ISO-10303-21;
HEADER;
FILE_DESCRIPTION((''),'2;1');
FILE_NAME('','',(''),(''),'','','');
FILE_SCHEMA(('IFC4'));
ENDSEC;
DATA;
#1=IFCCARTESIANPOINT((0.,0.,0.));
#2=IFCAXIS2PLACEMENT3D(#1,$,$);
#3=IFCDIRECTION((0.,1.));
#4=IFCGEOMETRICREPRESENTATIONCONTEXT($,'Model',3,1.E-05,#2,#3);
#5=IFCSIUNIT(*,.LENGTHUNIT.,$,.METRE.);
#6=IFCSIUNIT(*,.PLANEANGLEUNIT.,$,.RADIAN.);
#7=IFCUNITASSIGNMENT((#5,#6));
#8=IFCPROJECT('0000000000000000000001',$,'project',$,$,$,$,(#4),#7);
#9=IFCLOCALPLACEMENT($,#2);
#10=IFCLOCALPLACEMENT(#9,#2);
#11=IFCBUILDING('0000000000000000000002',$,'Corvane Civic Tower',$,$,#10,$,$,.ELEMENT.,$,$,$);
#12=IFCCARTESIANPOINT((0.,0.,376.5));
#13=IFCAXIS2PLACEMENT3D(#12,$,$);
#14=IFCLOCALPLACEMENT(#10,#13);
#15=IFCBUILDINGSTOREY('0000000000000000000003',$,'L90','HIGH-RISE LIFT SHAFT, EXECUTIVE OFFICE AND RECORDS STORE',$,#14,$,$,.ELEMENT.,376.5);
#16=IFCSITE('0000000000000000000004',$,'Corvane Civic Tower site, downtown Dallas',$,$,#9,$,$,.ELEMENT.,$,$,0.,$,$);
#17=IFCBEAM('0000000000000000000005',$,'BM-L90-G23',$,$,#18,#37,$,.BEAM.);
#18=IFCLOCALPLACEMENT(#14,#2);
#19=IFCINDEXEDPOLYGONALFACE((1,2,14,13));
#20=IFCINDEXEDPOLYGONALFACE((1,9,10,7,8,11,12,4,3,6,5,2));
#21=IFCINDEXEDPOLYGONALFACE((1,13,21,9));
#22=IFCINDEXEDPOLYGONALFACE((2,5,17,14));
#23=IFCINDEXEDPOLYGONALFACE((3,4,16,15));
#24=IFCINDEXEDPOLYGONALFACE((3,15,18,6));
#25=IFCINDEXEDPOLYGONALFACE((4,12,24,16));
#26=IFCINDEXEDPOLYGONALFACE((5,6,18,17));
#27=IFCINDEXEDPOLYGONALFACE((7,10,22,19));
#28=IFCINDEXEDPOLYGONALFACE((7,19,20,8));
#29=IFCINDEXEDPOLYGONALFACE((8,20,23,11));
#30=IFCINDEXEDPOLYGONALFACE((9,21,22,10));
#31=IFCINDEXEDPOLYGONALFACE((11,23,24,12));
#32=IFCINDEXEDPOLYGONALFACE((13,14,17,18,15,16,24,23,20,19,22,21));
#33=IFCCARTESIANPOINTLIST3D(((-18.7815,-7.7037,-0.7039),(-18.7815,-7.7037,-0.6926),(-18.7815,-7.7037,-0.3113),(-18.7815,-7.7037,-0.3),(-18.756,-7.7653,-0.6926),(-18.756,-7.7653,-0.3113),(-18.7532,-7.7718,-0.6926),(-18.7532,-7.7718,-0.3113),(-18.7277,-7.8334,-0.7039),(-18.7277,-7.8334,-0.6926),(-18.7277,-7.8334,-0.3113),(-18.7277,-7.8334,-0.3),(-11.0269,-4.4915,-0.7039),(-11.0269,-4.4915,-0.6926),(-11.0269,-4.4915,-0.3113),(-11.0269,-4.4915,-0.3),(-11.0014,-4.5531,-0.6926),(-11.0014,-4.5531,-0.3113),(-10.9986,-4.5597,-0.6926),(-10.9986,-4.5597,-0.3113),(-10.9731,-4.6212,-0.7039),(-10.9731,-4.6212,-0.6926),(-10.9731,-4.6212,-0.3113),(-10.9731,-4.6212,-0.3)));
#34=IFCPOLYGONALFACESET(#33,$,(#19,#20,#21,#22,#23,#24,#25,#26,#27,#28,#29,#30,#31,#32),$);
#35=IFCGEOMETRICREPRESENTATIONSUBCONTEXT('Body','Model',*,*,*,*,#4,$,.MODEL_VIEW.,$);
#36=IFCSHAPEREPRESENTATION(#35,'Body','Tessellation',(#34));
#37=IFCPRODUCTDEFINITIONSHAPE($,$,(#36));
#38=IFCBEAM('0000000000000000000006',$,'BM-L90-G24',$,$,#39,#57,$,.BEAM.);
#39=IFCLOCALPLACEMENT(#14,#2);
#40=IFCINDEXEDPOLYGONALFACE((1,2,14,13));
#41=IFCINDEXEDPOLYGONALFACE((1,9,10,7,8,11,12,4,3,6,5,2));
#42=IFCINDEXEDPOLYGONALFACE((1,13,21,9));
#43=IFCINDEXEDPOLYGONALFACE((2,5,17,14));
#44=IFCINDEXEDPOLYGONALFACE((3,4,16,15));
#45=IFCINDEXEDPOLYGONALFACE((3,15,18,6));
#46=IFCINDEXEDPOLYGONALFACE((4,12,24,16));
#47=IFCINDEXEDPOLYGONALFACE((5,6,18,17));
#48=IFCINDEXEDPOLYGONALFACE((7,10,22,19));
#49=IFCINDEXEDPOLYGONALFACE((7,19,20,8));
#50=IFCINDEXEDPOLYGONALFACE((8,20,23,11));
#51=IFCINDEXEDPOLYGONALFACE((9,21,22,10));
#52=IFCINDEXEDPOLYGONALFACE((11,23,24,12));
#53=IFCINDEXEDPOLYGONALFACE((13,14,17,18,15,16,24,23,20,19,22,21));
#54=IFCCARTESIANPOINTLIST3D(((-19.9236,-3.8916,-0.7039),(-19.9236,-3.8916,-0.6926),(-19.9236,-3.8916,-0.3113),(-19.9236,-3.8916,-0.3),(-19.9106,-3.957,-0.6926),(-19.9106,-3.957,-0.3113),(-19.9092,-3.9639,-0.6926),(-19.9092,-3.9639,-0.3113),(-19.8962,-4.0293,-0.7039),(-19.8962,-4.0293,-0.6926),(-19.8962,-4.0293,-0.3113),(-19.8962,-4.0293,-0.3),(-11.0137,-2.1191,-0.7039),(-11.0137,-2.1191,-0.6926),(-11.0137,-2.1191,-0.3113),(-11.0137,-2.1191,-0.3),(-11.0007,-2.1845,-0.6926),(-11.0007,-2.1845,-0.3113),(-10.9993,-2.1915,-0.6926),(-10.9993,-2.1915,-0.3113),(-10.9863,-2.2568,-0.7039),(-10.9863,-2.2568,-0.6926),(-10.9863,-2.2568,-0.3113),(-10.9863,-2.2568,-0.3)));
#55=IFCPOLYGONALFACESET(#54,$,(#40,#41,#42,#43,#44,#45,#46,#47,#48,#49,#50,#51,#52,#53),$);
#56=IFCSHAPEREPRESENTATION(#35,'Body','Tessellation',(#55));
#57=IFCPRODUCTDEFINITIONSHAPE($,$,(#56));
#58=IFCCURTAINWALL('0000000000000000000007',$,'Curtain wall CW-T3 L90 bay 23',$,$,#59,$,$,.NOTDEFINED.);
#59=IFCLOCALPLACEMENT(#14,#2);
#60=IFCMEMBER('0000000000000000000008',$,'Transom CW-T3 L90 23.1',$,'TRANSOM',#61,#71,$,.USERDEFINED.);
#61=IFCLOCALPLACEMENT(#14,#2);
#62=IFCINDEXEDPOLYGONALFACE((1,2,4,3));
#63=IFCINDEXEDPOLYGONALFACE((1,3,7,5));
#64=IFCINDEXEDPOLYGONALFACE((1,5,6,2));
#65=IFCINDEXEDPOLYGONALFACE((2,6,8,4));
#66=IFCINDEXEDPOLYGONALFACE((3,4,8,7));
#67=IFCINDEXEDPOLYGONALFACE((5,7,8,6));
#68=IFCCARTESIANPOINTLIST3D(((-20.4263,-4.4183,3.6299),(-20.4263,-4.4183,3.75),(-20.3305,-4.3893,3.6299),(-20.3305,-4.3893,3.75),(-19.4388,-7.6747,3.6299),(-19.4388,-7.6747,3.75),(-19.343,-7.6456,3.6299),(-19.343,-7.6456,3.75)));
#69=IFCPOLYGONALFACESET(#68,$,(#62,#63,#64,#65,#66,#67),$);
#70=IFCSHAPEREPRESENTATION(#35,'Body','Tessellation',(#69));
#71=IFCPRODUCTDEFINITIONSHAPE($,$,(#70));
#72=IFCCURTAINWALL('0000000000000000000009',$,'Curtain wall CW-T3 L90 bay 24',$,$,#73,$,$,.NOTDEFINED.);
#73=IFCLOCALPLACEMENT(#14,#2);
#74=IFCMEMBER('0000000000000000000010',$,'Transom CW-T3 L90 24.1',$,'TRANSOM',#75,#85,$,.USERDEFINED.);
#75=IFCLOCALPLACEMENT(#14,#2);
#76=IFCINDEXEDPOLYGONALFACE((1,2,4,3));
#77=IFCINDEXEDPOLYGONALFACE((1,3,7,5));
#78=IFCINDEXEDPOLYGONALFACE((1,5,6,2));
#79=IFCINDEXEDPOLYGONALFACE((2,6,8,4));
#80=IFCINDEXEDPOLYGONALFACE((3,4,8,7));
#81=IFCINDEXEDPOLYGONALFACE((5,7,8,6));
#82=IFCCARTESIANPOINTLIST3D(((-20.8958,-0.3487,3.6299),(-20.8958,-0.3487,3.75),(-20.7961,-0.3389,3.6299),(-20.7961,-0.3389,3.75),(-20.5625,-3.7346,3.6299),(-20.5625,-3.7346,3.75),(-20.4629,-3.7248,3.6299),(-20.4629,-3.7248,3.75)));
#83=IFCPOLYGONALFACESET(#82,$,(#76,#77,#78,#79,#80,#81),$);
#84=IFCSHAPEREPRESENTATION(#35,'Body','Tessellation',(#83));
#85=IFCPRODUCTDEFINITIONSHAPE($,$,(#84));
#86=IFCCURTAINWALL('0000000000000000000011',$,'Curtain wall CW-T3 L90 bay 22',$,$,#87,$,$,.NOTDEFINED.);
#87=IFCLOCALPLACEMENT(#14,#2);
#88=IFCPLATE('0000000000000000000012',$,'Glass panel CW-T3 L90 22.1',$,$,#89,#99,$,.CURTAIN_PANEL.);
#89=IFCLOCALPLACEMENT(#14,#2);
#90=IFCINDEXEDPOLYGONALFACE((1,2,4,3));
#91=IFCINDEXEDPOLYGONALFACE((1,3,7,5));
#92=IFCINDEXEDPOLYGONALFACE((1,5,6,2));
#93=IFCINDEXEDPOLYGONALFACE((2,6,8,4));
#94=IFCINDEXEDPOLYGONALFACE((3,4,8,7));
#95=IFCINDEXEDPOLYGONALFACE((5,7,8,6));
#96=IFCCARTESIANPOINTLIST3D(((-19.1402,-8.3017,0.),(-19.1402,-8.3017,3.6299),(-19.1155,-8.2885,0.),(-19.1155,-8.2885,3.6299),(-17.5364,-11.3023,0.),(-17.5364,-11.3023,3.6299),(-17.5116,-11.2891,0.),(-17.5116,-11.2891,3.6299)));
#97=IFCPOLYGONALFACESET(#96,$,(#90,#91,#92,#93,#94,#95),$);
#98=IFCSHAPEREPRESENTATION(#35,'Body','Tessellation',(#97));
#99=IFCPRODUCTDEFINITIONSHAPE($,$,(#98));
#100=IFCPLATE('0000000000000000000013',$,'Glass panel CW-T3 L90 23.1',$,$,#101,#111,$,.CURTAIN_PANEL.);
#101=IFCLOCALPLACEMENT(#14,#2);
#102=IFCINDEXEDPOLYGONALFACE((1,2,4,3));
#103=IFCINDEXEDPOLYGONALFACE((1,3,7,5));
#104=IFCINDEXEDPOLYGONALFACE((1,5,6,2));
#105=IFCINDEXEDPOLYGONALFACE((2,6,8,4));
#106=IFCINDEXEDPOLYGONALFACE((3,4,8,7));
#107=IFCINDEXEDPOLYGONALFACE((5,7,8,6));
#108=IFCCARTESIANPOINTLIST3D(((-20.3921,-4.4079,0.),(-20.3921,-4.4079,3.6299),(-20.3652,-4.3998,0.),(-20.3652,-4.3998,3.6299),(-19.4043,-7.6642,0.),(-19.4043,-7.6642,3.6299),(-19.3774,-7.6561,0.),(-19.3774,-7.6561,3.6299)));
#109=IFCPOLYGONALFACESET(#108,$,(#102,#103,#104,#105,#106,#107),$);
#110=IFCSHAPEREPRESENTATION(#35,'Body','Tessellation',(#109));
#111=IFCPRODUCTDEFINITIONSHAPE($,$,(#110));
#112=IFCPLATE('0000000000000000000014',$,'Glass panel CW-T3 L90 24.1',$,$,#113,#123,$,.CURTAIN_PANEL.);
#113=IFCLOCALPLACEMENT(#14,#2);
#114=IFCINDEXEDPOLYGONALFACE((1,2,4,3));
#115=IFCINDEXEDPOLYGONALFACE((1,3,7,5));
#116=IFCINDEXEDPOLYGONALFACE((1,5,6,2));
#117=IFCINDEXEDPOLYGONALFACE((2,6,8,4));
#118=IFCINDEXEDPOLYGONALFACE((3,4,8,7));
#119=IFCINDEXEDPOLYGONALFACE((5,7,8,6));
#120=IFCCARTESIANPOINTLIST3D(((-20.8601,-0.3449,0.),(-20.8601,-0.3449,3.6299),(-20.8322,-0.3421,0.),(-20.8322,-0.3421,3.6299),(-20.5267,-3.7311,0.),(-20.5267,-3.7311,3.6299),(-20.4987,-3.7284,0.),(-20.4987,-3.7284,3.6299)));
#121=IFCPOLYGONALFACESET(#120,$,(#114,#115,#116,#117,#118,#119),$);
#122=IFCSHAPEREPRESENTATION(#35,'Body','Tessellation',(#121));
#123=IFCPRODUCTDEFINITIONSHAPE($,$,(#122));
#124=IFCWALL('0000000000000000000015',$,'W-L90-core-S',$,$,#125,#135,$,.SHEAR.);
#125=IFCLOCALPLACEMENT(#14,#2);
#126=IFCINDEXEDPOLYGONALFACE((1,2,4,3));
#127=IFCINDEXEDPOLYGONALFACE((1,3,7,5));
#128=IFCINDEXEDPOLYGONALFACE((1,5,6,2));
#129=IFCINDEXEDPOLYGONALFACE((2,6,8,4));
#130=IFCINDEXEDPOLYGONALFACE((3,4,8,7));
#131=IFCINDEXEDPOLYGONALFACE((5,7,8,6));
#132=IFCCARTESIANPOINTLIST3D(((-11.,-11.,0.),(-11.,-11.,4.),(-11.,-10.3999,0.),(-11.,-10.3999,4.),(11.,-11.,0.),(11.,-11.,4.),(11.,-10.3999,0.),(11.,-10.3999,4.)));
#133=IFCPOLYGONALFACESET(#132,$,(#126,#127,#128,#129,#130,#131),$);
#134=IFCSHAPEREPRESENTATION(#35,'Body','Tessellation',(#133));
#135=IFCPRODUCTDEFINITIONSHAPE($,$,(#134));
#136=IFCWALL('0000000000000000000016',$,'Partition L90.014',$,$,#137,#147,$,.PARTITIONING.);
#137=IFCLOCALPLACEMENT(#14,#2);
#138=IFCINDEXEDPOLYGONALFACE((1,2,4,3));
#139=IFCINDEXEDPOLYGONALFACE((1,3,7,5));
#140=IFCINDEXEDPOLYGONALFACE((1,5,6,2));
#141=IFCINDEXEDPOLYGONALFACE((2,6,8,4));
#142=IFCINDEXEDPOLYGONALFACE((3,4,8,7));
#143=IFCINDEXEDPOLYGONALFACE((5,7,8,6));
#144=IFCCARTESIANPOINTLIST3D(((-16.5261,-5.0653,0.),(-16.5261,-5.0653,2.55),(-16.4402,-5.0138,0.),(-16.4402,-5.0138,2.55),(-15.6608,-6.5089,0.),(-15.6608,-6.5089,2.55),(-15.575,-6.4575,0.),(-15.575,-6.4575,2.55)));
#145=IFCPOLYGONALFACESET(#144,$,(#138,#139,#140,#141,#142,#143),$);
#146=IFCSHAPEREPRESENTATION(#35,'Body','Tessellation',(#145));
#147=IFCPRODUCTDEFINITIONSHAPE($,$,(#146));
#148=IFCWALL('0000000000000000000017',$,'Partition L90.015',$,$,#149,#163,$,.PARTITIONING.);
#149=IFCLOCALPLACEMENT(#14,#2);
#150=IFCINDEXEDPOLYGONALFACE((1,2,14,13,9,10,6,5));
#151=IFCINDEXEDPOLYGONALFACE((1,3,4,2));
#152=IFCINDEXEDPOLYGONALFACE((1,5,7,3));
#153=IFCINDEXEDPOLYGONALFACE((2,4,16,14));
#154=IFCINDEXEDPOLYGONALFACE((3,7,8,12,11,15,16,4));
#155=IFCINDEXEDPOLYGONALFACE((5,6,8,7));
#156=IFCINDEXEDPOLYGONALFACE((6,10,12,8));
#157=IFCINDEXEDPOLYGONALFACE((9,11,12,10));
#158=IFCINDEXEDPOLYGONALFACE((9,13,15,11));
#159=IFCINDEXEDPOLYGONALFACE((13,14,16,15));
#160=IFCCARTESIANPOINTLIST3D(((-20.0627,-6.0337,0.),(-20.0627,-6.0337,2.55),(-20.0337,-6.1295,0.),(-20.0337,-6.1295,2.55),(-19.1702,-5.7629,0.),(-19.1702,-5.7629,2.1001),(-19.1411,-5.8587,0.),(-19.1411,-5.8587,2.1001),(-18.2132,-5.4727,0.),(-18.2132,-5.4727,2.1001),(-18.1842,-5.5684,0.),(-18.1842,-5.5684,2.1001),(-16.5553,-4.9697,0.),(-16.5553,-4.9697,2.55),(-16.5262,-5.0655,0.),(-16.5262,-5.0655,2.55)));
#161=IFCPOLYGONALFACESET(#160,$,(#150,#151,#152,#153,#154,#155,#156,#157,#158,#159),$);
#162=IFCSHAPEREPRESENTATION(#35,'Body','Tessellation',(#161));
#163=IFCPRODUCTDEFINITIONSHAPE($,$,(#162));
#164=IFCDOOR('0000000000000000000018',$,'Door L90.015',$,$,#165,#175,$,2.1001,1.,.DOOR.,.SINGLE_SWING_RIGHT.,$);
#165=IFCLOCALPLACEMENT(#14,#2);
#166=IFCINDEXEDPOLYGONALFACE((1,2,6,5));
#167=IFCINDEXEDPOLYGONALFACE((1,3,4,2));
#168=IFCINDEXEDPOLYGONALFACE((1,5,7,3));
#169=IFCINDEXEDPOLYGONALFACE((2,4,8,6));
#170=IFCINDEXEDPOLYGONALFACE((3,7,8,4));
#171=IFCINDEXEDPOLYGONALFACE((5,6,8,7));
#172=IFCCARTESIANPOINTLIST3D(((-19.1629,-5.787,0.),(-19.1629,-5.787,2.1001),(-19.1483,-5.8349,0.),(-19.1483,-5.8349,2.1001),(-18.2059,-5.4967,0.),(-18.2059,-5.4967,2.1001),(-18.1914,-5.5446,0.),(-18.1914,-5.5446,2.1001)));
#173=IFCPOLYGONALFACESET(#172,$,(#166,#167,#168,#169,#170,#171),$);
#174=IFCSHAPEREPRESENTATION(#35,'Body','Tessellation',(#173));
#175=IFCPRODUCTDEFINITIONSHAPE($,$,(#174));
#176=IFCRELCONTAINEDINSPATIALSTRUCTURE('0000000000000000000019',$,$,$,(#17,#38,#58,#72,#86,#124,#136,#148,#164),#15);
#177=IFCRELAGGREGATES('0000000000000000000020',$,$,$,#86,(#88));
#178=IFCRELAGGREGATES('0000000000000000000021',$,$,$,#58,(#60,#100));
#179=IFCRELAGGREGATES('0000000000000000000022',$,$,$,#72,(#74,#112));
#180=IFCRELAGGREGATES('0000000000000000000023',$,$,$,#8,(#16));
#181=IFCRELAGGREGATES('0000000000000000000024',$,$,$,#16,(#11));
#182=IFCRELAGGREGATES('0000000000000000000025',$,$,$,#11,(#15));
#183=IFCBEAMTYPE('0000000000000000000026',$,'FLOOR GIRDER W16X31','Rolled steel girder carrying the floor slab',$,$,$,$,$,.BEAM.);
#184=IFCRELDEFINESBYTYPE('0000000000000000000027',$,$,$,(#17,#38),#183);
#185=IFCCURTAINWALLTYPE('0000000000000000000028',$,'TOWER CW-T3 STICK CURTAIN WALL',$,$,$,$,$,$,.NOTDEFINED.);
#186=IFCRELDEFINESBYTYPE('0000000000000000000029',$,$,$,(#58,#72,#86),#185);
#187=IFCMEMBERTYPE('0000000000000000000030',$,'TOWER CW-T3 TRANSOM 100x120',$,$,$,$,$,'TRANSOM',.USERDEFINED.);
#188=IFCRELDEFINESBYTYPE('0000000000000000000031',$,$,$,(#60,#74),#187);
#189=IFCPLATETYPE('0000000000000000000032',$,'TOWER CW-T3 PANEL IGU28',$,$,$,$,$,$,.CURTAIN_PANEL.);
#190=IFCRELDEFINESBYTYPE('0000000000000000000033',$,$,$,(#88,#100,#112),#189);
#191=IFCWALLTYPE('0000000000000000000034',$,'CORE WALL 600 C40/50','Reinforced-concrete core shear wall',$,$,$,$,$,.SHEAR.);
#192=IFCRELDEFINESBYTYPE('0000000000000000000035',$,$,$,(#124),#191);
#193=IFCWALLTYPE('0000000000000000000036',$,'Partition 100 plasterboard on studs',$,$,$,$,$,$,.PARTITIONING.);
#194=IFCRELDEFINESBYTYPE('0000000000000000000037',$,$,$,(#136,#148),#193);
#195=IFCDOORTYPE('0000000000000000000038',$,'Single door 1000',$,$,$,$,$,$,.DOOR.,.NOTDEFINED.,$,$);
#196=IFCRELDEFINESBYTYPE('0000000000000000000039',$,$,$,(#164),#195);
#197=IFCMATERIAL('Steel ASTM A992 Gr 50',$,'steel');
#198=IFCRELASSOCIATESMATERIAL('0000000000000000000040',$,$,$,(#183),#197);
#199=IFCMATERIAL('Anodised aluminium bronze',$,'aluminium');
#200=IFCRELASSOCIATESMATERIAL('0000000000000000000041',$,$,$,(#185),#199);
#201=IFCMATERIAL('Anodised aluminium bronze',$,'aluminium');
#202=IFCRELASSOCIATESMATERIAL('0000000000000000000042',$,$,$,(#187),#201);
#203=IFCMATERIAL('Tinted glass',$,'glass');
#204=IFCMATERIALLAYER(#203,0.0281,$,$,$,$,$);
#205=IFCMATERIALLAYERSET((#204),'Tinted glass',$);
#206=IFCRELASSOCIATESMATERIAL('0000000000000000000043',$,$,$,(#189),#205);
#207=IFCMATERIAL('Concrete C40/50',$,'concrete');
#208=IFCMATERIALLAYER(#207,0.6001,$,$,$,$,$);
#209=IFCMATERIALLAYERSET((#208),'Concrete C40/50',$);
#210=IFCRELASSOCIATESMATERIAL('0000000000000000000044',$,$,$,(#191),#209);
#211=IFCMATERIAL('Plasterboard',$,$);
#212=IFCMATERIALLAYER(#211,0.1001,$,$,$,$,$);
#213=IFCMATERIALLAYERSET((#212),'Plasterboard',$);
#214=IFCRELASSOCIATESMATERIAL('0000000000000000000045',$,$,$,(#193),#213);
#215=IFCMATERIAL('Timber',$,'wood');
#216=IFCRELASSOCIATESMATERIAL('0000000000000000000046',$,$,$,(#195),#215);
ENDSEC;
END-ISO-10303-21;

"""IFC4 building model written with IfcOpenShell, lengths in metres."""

from ifc_helpers import new_model, si_unit, direction, frame, frame_2d, origin, origin_2d, place, context, subcontext, project, spatial, rectangle, i_section, extrude, material, layer, layer_set, material_profile, profile_set, type_object, element, fill, aggregate, save


model = new_model("IFC4")

# Units and contexts
model_context = context("Model", 3, precision=1e-05, world=origin(), true_north=direction((0.0, 1.0)))
body_context = subcontext(model_context, "Body", "Model", "MODEL_VIEW")
ifc_project = project(units=[si_unit("LENGTHUNIT", "METRE"), si_unit("PLANEANGLEUNIT", "RADIAN")], contexts=[model_context])

# Site, building, storey
site_placement = place(None, origin())
site = spatial("IfcSite", under=ifc_project, at=site_placement, Name="Corvane Civic Tower site, downtown Dallas", CompositionType="ELEMENT", RefElevation=0.0)
building_placement = place(site_placement, origin())
building = spatial("IfcBuilding", under=site, at=building_placement, Name="Corvane Civic Tower", CompositionType="ELEMENT")
storey_placement = place(building_placement, frame((0.0, 0.0, 376.5)))
storey = spatial("IfcBuildingStorey", under=building, at=storey_placement, Name="L90", Description="HIGH-RISE LIFT SHAFT, EXECUTIVE OFFICE AND RECORDS STORE", CompositionType="ELEMENT", Elevation=376.5)

# Beams
ifc_material_1 = material(Name="Steel ASTM A992 Gr 50", Category="steel")
ifc_material_profile_1 = material_profile(ifc_material_1, i_section(OverallWidth=0.1404, OverallDepth=0.4038, WebThickness=0.0071, FlangeThickness=0.0112, at=origin_2d()), Name="W16X31")
ifc_profile_set_1 = profile_set([ifc_material_profile_1], Name="Steel ASTM A992 Gr 50")
beam_type_1 = type_object("IfcBeamType", Name="FLOOR GIRDER W16X31", Description="Rolled steel girder carrying the floor slab", PredefinedType="BEAM", material=ifc_profile_set_1)
beam_1_placement = place(storey_placement, frame((-11.0, -4.5564, -0.502), z_axis=(-0.923876, -0.382692, 0.0), x_axis=(0.382692, -0.923876, 0.0)))
element("IfcBeam", 1, at=beam_1_placement, inside=storey, type_object=beam_type_1, Name="BM-L90-G23", PredefinedType="BEAM", context=body_context, shape_type="SweptSolid", body=[
    extrude(i_section(OverallWidth=0.1404, OverallDepth=0.4038, WebThickness=0.0071, FlangeThickness=0.0112, at=origin_2d()), origin(), (0.0, 0.0, 1.0), 8.3936),
])
beam_2_placement = place(storey_placement, frame((-11.0, -2.188, -0.502), z_axis=(-0.980782, -0.195108, 0.0), x_axis=(0.195108, -0.980782, 0.0)))
element("IfcBeam", 2, at=beam_2_placement, inside=storey, type_object=beam_type_1, Name="BM-L90-G24", PredefinedType="BEAM", context=body_context, shape_type="SweptSolid", body=[
    extrude(i_section(OverallWidth=0.1404, OverallDepth=0.4038, WebThickness=0.0071, FlangeThickness=0.0112, at=origin_2d()), origin(), (0.0, 0.0, 1.0), 9.0845),
])

# Curtain walls, members
ifc_material_2 = material(Name="Anodised aluminium bronze", Category="aluminium")
curtain_wall_type = type_object("IfcCurtainWallType", Name="TOWER CW-T3 STICK CURTAIN WALL", PredefinedType="NOTDEFINED", material=ifc_material_2)
curtain_wall_1_placement = place(storey_placement, origin())
curtain_wall_1 = element("IfcCurtainWall", 3, at=curtain_wall_1_placement, inside=storey, type_object=curtain_wall_type, Name="Curtain wall CW-T3 L90 bay 23", PredefinedType="NOTDEFINED")
ifc_material_3 = material(Name="Anodised aluminium bronze", Category="aluminium")
ifc_material_profile_2 = material_profile(ifc_material_3, rectangle(XDim=0.1001, YDim=0.1201, at=origin_2d()), Name="TOWER CW-T3 TRANSOM 100x120")
ifc_profile_set_2 = profile_set([ifc_material_profile_2], Name="Anodised aluminium bronze")
member_type = type_object("IfcMemberType", Name="TOWER CW-T3 TRANSOM 100x120", ElementType="TRANSOM", PredefinedType="USERDEFINED", material=ifc_profile_set_2)
member_1_placement = place(storey_placement, frame((-19.3909, -7.6602, 3.6899), z_axis=(-0.290216, 0.956961, 0.0), x_axis=(-0.956961, -0.290216, 0.0)))
member_1 = element("IfcMember", 4, at=member_1_placement, type_object=member_type, Name="Transom CW-T3 L90 23.1", ObjectType="TRANSOM", PredefinedType="USERDEFINED", context=body_context, shape_type="SweptSolid", body=[
    extrude(rectangle(XDim=0.1001, YDim=0.1201, at=origin_2d()), origin(), (0.0, 0.0, 1.0), 3.4028),
])
curtain_wall_2_placement = place(storey_placement, origin())
curtain_wall_2 = element("IfcCurtainWall", 5, at=curtain_wall_2_placement, inside=storey, type_object=curtain_wall_type, Name="Curtain wall CW-T3 L90 bay 24", PredefinedType="NOTDEFINED")
member_2_placement = place(storey_placement, frame((-20.5127, -3.7297, 3.6899), z_axis=(-0.097948, 0.995192, 0.0), x_axis=(-0.995192, -0.097948, 0.0)))
member_2 = element("IfcMember", 6, at=member_2_placement, type_object=member_type, Name="Transom CW-T3 L90 24.1", ObjectType="TRANSOM", PredefinedType="USERDEFINED", context=body_context, shape_type="SweptSolid", body=[
    extrude(rectangle(XDim=0.1001, YDim=0.1201, at=origin_2d()), origin(), (0.0, 0.0, 1.0), 3.4023),
])

# Curtain wall, plate
curtain_wall_3_placement = place(storey_placement, origin())
curtain_wall_3 = element("IfcCurtainWall", 7, at=curtain_wall_3_placement, inside=storey, type_object=curtain_wall_type, Name="Curtain wall CW-T3 L90 bay 22", PredefinedType="NOTDEFINED")
ifc_material_4 = material(Name="Tinted glass", Category="glass")
ifc_layer_1 = layer(ifc_material_4, 0.0281)
ifc_layer_set_1 = layer_set([ifc_layer_1], Name="Tinted glass")
plate_type = type_object("IfcPlateType", Name="TOWER CW-T3 PANEL IGU28", PredefinedType="CURTAIN_PANEL", material=ifc_layer_set_1)
plate_1_placement = place(storey_placement, frame((-18.3259, -9.7954, 0.0), z_axis=(0.0, 0.0, 1.0), x_axis=(-0.471384, 0.881928, 0.0)))
plate_1 = element("IfcPlate", 8, at=plate_1_placement, type_object=plate_type, Name="Glass panel CW-T3 L90 22.1", PredefinedType="CURTAIN_PANEL", context=body_context, shape_type="SweptSolid", body=[
    extrude(rectangle(XDim=3.4023, YDim=0.0281, at=origin_2d()), origin(), (0.0, 0.0, 1.0), 3.6299),
])
aggregate(curtain_wall_3, [plate_1])

# Plates
plate_2_placement = place(storey_placement, frame((-19.8848, -6.032, 0.0), z_axis=(0.0, 0.0, 1.0), x_axis=(-0.29029, 0.956939, 0.0)))
plate_2 = element("IfcPlate", 9, at=plate_2_placement, type_object=plate_type, Name="Glass panel CW-T3 L90 23.1", PredefinedType="CURTAIN_PANEL", context=body_context, shape_type="SweptSolid", body=[
    extrude(rectangle(XDim=3.4028, YDim=0.0281, at=origin_2d()), origin(), (0.0, 0.0, 1.0), 3.6299),
])
aggregate(curtain_wall_1, [member_1, plate_2])
plate_3_placement = place(storey_placement, frame((-20.6794, -2.0366, 0.0), z_axis=(0.0, 0.0, 1.0), x_axis=(-0.097998, 0.995187, 0.0)))
plate_3 = element("IfcPlate", 10, at=plate_3_placement, type_object=plate_type, Name="Glass panel CW-T3 L90 24.1", PredefinedType="CURTAIN_PANEL", context=body_context, shape_type="SweptSolid", body=[
    extrude(rectangle(XDim=3.4026, YDim=0.0281, at=origin_2d()), origin(), (0.0, 0.0, 1.0), 3.6299),
])
aggregate(curtain_wall_2, [member_2, plate_3])

# Walls
ifc_material_5 = material(Name="Concrete C40/50", Category="concrete")
ifc_layer_2 = layer(ifc_material_5, 0.6001)
ifc_layer_set_2 = layer_set([ifc_layer_2], Name="Concrete C40/50")
wall_type_1 = type_object("IfcWallType", Name="CORE WALL 600 C40/50", Description="Reinforced-concrete core shear wall", PredefinedType="SHEAR", material=ifc_layer_set_2)
wall_1_placement = place(storey_placement, frame((-11.0, -10.7, 0.0), z_axis=(0.0, 0.0, 1.0), x_axis=(1.0, 0.0, 0.0)))
element("IfcWall", 11, at=wall_1_placement, inside=storey, type_object=wall_type_1, Name="W-L90-core-S", PredefinedType="SHEAR", context=body_context, shape_type="SweptSolid", body=[
    extrude(rectangle(XDim=22.0, YDim=0.6001, at=frame_2d((11.0, 0.0))), origin(), (0.0, 0.0, 1.0), 4.0),
])
ifc_material_6 = material(Name="Plasterboard")
ifc_layer_3 = layer(ifc_material_6, 0.1001)
ifc_layer_set_3 = layer_set([ifc_layer_3], Name="Plasterboard")
wall_type_2 = type_object("IfcWallType", Name="Partition 100 plasterboard on studs", PredefinedType="PARTITIONING", material=ifc_layer_set_3)
wall_2_placement = place(storey_placement, frame((-16.4832, -5.0396, 0.0), z_axis=(0.0, 0.0, 1.0), x_axis=(0.51409, -0.857736, 0.0)))
element("IfcWall", 12, at=wall_2_placement, inside=storey, type_object=wall_type_2, Name="Partition L90.014", PredefinedType="PARTITIONING", context=body_context, shape_type="SweptSolid", body=[
    extrude(rectangle(XDim=1.6831, YDim=0.1001, at=frame_2d((0.8416, 0.0))), origin(), (0.0, 0.0, 1.0), 2.55),
])

# Wall, opening, door
wall_3_placement = place(storey_placement, frame((-20.0481, -6.0815, 0.0), z_axis=(0.0, 0.0, 1.0), x_axis=(0.956944, 0.290274, 0.0)))
wall_3 = element("IfcWall", 13, at=wall_3_placement, inside=storey, type_object=wall_type_2, Name="Partition L90.015", PredefinedType="PARTITIONING", context=body_context, shape_type="SweptSolid", body=[
    extrude(rectangle(XDim=3.6653, YDim=0.1001, at=frame_2d((1.8325, 0.0))), origin(), (0.0, 0.0, 1.0), 2.55),
])
opening_placement = place(wall_3_placement, frame((0.9326, 0.0, 0.0)))
opening = element("IfcOpeningElement", 14, at=opening_placement, cuts=wall_3, PredefinedType="OPENING", context=body_context, shape_type="SweptSolid", body=[
    extrude(rectangle(XDim=1.0, YDim=2.1001, at=frame_2d((0.5, 1.05))), frame((0.0, 0.0601, 0.0), z_axis=(0.0, -1.0, 0.0), x_axis=(1.0, 0.0, 0.0)), (0.0, 0.0, 1.0), 0.1201),
])
ifc_material_7 = material(Name="Timber", Category="wood")
door_type = type_object("IfcDoorType", Name="Single door 1000", OperationType="NOTDEFINED", PredefinedType="DOOR", material=ifc_material_7)
door_placement = place(opening_placement, origin())
door = element("IfcDoor", 15, at=door_placement, inside=storey, type_object=door_type, Name="Door L90.015", OperationType="SINGLE_SWING_RIGHT", OverallHeight=2.1001, OverallWidth=1.0, PredefinedType="DOOR", context=body_context, shape_type="SweptSolid", body=[
    extrude(rectangle(XDim=1.0, YDim=2.1001, at=frame_2d((0.5, 1.05))), frame((0.0, 0.0249, 0.0), z_axis=(0.0, -1.0, 0.0), x_axis=(1.0, 0.0, 0.0)), (0.0, 0.0, 1.0), 0.05),
])
fill(opening, door)

save(model, "model.ifc")
